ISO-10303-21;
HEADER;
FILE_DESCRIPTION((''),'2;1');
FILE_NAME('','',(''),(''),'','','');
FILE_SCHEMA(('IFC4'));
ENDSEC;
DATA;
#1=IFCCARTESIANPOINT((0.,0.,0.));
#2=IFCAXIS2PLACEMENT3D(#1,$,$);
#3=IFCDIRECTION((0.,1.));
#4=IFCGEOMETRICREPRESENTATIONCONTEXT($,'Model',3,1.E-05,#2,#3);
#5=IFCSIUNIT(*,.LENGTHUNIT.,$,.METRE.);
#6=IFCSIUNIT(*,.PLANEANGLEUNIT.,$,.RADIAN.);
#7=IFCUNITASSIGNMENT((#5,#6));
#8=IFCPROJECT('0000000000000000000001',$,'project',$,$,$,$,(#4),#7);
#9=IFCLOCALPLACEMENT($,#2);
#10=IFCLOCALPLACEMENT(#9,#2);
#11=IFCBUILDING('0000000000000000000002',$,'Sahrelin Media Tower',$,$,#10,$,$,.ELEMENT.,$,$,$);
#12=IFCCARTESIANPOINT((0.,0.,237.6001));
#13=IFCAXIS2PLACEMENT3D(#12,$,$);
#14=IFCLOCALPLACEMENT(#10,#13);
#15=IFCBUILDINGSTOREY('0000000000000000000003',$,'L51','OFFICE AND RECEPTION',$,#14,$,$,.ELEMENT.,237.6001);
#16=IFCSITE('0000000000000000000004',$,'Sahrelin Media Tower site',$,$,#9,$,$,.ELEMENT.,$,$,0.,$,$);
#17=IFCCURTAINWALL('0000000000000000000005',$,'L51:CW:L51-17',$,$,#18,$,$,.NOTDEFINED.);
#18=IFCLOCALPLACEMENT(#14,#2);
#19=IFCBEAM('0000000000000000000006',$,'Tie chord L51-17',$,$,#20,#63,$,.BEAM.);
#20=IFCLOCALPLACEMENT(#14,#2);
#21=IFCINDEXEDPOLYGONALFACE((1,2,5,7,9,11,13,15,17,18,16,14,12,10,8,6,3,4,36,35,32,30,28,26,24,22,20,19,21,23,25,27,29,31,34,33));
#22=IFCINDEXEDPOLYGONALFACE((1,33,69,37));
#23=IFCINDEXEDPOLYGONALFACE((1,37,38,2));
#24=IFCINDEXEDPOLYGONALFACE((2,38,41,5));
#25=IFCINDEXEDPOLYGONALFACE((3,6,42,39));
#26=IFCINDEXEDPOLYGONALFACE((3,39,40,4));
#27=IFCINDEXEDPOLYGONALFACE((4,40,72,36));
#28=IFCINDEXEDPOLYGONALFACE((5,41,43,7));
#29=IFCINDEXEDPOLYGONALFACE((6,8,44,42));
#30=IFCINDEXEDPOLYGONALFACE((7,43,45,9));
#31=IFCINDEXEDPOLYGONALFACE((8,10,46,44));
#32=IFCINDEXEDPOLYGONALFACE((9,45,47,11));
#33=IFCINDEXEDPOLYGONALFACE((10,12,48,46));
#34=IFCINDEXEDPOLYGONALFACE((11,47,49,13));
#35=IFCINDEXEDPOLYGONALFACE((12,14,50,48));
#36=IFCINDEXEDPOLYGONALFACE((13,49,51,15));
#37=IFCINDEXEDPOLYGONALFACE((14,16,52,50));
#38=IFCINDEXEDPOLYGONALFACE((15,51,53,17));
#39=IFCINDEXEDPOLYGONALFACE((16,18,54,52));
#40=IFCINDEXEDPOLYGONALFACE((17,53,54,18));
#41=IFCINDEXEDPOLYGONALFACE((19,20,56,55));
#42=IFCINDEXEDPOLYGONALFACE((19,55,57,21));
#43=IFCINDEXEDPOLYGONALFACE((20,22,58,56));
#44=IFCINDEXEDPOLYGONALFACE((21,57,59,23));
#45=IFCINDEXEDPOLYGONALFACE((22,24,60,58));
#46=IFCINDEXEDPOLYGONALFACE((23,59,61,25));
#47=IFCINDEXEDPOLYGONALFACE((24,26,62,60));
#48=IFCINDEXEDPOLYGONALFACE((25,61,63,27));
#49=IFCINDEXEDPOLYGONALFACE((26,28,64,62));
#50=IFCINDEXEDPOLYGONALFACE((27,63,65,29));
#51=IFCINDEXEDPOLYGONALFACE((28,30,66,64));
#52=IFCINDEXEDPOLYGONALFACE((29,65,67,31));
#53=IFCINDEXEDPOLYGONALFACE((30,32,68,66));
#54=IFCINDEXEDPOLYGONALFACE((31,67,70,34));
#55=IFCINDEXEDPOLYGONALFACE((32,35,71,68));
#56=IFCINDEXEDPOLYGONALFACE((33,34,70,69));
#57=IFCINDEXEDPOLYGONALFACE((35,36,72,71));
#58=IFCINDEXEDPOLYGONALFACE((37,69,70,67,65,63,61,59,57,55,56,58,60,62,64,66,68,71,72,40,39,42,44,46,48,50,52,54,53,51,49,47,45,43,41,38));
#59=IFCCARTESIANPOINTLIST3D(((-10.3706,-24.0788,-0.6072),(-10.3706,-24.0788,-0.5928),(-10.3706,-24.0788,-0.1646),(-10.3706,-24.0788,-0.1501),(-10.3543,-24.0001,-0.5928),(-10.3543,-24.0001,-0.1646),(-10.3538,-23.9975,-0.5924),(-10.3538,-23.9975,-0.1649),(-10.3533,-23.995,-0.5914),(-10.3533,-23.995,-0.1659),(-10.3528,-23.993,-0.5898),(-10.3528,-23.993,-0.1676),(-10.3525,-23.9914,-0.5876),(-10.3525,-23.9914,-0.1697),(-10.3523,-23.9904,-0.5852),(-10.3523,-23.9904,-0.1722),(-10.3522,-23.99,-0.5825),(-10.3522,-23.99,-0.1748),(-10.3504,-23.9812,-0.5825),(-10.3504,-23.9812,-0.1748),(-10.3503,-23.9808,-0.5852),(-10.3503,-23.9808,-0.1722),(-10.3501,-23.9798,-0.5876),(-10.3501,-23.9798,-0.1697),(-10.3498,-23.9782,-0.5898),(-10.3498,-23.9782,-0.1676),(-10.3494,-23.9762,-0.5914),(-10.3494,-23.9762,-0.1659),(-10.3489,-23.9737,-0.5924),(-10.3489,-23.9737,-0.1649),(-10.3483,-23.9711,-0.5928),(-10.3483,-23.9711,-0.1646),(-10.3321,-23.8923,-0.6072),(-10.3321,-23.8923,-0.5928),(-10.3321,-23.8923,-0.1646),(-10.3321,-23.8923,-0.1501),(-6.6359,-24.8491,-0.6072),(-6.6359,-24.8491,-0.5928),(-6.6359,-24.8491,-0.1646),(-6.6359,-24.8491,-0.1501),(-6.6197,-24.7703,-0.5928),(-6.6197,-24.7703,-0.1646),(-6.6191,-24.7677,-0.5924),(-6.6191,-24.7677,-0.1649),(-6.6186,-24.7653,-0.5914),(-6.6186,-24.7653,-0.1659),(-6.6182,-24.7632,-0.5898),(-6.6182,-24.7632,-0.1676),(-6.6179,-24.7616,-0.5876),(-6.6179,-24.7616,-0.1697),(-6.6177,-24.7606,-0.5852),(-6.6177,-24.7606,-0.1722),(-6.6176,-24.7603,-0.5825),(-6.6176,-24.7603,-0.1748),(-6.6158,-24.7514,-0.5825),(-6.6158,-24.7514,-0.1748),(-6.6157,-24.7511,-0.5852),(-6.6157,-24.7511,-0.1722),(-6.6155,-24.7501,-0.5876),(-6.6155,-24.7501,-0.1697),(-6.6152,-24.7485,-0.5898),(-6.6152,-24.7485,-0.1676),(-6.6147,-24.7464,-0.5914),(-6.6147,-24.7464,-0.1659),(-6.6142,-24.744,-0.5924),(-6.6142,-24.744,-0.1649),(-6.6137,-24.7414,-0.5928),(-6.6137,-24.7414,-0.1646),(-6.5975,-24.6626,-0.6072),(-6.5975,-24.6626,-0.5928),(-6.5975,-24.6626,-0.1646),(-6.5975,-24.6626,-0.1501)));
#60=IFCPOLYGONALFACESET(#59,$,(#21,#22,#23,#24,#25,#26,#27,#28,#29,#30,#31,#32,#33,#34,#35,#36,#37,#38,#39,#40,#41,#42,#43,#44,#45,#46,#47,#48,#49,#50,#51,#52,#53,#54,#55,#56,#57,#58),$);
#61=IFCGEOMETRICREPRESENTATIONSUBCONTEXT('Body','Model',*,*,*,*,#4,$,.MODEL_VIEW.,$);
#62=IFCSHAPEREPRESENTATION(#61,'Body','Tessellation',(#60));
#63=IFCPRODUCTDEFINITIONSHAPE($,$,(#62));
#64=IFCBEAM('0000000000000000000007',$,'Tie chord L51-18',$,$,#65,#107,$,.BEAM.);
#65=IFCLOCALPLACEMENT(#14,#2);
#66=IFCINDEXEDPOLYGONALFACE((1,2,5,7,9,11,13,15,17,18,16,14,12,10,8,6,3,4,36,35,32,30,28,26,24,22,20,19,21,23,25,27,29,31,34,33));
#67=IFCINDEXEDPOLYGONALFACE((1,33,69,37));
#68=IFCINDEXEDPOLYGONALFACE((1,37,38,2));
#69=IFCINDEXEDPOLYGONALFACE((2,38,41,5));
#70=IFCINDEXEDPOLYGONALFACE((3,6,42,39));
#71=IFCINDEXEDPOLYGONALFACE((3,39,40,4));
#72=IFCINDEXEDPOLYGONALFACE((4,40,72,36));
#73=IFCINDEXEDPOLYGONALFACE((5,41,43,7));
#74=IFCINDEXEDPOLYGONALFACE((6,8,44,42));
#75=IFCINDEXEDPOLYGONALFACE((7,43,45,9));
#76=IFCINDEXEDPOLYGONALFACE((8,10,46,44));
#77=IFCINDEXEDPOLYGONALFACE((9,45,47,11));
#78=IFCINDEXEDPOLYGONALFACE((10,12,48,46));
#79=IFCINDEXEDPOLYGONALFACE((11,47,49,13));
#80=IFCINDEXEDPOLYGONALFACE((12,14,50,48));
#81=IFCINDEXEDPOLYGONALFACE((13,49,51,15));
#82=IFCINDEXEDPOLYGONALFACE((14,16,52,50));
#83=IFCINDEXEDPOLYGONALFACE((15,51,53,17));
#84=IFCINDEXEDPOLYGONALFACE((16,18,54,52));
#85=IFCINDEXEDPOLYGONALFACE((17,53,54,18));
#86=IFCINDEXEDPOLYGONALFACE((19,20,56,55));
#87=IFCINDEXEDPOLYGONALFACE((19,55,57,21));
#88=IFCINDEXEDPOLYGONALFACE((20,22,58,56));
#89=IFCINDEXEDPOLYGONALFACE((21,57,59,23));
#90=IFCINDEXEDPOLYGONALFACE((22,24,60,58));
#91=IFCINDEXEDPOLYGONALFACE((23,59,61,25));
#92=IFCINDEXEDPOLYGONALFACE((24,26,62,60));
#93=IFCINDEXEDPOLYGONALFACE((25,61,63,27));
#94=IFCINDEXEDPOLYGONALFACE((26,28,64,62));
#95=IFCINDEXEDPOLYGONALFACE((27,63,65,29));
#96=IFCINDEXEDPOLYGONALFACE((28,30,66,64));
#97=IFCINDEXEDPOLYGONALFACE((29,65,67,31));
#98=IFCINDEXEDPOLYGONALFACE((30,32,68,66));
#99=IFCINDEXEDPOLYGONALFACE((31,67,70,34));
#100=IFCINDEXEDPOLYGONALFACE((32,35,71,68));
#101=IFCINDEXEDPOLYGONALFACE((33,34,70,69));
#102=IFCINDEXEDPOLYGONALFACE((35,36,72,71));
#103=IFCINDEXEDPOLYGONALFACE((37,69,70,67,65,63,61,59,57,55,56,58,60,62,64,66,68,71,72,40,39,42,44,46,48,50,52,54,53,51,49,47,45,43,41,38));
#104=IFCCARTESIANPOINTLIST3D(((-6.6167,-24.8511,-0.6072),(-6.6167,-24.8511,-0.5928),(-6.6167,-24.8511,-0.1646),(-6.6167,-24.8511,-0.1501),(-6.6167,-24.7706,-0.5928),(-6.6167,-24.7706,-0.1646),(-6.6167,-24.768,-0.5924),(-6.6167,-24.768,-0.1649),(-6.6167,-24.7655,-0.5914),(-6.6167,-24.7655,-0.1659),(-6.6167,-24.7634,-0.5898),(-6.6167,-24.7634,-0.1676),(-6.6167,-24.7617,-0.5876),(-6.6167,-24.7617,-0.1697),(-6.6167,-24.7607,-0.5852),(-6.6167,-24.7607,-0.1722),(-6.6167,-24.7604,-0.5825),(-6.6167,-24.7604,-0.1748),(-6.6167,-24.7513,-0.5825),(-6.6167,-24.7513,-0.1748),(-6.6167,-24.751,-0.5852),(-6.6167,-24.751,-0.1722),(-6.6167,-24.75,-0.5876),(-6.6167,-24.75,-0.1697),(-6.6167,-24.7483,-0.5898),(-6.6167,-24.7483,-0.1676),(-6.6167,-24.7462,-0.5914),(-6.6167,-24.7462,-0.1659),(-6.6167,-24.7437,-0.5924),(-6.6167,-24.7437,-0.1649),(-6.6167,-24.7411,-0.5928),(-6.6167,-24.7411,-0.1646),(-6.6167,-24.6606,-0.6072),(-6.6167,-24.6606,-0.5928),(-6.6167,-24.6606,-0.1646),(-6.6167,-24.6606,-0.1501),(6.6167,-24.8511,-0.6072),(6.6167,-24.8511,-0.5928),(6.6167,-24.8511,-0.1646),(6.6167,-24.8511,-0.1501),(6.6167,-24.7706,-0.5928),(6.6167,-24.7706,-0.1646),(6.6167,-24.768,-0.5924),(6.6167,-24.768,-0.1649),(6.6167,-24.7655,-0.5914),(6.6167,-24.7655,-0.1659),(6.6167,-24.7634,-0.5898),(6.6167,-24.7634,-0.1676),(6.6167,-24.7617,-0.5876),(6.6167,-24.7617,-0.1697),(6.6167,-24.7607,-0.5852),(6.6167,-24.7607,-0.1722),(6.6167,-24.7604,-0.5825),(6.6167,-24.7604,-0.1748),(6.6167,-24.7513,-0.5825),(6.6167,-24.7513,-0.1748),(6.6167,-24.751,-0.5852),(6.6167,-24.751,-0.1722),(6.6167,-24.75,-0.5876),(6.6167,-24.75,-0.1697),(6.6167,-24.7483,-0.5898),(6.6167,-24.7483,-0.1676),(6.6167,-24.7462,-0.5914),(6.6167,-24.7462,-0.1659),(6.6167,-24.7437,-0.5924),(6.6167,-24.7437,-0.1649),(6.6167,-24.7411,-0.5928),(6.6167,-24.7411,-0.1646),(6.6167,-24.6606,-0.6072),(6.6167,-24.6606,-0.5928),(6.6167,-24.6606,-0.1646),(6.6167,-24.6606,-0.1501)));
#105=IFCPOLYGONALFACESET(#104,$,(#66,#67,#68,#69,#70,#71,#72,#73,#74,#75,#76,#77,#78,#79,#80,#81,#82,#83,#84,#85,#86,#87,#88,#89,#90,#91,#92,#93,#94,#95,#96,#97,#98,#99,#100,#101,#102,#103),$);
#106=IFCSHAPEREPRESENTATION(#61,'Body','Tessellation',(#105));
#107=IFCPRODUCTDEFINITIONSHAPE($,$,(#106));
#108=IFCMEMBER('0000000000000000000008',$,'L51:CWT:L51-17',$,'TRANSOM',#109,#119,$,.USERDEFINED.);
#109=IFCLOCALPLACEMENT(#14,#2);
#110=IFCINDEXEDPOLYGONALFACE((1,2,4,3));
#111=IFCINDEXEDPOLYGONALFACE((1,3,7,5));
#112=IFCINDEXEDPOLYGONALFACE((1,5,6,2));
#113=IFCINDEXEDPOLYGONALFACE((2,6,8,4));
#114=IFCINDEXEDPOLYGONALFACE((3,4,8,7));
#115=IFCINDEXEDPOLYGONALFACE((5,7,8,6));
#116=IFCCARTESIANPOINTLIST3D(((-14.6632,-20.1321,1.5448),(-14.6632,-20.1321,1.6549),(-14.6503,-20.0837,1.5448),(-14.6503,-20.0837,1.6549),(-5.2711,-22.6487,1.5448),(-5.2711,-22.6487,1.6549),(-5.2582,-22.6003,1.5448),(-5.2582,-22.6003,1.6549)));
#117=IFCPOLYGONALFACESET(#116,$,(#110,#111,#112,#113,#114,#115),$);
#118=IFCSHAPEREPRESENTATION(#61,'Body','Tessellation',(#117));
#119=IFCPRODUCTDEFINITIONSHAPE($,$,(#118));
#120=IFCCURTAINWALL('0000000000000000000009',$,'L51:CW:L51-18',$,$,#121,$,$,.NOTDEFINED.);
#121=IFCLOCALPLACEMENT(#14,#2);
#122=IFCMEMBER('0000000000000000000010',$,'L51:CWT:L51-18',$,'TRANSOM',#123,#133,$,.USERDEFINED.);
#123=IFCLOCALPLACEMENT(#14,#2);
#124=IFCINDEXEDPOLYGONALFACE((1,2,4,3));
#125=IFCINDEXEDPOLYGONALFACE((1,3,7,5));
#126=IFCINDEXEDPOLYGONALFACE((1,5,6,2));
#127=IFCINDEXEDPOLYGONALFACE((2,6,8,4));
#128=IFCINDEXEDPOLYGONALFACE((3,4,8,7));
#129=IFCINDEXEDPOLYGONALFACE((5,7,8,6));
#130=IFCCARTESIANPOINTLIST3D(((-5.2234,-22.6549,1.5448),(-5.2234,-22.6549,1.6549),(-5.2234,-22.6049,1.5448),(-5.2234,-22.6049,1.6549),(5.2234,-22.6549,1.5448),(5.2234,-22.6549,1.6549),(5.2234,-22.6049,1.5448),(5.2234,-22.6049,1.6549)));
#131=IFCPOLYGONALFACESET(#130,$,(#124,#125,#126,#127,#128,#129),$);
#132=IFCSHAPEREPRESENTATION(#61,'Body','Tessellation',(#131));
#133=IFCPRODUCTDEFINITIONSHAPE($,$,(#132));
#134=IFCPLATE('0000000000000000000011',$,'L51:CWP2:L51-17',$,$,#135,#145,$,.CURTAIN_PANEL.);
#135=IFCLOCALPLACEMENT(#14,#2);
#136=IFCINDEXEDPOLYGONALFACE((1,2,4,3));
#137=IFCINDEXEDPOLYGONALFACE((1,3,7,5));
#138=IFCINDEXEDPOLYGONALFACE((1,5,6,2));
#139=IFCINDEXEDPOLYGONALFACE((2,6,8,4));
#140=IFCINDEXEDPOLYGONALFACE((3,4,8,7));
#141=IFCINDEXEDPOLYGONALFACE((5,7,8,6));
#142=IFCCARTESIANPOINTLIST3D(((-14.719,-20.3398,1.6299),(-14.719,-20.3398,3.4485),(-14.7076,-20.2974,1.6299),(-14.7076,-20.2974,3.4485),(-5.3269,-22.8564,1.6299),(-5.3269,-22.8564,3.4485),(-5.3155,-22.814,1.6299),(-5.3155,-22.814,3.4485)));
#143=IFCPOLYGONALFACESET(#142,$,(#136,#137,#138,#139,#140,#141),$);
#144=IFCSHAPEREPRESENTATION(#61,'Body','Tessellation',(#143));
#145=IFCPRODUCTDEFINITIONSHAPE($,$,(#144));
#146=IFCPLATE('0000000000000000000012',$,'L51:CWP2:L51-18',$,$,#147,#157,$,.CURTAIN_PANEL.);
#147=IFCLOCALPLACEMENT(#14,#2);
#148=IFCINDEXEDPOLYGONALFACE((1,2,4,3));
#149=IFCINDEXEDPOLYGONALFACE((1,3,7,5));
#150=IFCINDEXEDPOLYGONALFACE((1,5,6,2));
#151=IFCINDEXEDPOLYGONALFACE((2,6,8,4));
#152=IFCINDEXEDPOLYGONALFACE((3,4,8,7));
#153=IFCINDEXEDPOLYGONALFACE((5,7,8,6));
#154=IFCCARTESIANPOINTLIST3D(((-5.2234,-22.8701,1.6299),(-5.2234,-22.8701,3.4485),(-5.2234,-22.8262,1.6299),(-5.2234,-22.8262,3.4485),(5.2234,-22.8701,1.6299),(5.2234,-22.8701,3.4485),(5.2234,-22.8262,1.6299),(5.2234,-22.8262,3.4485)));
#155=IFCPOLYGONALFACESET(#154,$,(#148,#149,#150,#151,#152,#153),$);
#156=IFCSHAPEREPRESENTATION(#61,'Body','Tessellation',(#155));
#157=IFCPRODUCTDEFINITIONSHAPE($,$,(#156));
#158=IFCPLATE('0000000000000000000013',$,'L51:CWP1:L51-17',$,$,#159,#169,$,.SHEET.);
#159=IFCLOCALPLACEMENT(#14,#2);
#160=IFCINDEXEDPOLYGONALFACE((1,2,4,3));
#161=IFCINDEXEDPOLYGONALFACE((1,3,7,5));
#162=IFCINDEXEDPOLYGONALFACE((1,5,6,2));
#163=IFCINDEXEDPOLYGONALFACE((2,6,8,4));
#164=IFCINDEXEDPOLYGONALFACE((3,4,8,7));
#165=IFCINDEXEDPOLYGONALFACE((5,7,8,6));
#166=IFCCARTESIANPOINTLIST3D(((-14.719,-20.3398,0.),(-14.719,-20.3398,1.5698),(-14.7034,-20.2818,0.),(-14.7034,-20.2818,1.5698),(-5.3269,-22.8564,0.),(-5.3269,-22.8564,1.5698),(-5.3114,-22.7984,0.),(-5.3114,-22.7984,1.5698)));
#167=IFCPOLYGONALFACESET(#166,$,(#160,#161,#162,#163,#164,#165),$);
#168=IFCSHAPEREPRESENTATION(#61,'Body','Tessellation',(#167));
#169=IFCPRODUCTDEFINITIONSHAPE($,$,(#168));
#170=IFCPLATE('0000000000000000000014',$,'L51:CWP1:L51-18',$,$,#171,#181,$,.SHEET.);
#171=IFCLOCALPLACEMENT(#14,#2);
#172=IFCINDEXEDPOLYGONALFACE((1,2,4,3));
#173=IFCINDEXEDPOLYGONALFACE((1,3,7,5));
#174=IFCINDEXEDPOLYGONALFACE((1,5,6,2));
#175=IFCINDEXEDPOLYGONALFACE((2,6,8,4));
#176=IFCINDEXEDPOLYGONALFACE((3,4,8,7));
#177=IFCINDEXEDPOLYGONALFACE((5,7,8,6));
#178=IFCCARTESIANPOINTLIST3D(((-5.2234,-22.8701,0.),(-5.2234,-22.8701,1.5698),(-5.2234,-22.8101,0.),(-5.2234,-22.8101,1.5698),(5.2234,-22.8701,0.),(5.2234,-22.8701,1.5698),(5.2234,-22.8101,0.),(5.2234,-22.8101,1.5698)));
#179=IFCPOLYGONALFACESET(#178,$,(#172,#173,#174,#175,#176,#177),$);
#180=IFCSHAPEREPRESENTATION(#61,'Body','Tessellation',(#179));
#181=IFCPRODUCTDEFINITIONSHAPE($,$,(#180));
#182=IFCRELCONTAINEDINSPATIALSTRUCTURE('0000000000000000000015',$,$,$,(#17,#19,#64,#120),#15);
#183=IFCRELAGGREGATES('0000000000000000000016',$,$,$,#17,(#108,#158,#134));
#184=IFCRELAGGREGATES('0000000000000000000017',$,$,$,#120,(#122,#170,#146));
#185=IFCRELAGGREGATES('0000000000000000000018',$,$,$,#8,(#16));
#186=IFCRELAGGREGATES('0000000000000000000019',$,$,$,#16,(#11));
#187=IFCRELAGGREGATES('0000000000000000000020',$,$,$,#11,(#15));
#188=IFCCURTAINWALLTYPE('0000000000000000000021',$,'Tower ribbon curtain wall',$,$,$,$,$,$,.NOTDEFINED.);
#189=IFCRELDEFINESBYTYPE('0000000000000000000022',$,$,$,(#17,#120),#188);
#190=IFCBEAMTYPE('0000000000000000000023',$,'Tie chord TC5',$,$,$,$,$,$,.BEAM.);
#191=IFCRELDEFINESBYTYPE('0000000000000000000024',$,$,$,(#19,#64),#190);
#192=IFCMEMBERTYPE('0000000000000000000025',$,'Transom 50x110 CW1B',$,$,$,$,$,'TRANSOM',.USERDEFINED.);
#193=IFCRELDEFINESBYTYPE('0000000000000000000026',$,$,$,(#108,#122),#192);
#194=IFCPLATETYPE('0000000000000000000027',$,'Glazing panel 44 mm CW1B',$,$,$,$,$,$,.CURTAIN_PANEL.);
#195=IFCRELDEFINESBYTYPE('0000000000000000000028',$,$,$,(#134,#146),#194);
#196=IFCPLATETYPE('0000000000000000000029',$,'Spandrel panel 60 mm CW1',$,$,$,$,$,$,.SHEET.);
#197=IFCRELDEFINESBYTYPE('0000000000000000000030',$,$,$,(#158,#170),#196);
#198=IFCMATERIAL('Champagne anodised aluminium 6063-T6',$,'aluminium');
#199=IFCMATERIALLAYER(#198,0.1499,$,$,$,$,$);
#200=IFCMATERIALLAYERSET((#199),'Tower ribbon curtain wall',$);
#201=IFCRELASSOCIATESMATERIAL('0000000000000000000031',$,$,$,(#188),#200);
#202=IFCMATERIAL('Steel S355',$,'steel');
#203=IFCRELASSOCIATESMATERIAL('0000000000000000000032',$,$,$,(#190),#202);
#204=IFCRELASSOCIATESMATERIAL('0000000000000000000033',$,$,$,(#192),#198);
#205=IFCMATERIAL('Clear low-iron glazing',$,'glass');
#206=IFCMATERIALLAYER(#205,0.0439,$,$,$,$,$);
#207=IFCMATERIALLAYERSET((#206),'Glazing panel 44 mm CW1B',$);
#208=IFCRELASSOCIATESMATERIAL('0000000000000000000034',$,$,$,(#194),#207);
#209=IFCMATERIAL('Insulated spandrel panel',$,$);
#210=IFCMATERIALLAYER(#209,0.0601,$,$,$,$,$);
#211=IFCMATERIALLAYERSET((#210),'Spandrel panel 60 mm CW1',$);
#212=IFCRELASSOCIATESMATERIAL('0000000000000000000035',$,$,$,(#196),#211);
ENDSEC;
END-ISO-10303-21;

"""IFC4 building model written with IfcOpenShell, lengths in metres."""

from ifc_helpers import new_model, si_unit, direction, frame, origin, origin_2d, place, context, subcontext, project, spatial, polyline, rectangle, i_section, outline, extrude, material, layer, layer_set, material_profile, profile_set, type_object, element, aggregate, save


model = new_model("IFC4")

# Units and contexts
model_context = context("Model", 3, precision=1e-05, world=origin(), true_north=direction((0.0, 1.0)))
body_context = subcontext(model_context, "Body", "Model", "MODEL_VIEW")
ifc_project = project(units=[si_unit("LENGTHUNIT", "METRE"), si_unit("PLANEANGLEUNIT", "RADIAN")], contexts=[model_context])

# Site, building, storey
site_placement = place(None, origin())
site = spatial("IfcSite", under=ifc_project, at=site_placement, Name="Sahrelin Media Tower site", CompositionType="ELEMENT", RefElevation=0.0)
building_placement = place(site_placement, origin())
building = spatial("IfcBuilding", under=site, at=building_placement, Name="Sahrelin Media Tower", CompositionType="ELEMENT")
storey_placement = place(building_placement, frame((0.0, 0.0, 237.6001)))
storey = spatial("IfcBuildingStorey", under=building, at=storey_placement, Name="L51", Description="OFFICE AND RECEPTION", CompositionType="ELEMENT", Elevation=237.6001)

# Shared definitions
ifc_material_1 = material(Name="Steel S355", Category="steel")

# Curtain wall
ifc_material_2 = material(Name="Champagne anodised aluminium 6063-T6", Category="aluminium")
ifc_layer_1 = layer(ifc_material_2, 0.1499)
ifc_layer_set_1 = layer_set([ifc_layer_1], Name="Tower ribbon curtain wall")
curtain_wall_type = type_object("IfcCurtainWallType", Name="Tower ribbon curtain wall", PredefinedType="NOTDEFINED", material=ifc_layer_set_1)
curtain_wall_1_placement = place(storey_placement, frame((-10.0176, -21.5789, 0.0), z_axis=(0.0, 0.0, 1.0), x_axis=(1.0, 0.0, 0.0)))
curtain_wall_1 = element("IfcCurtainWall", 1, at=curtain_wall_1_placement, inside=storey, type_object=curtain_wall_type, Name="L51:CW:L51-17", PredefinedType="NOTDEFINED")

# Beams
ifc_material_profile_1 = material_profile(ifc_material_1, i_section(OverallWidth=0.1904, OverallDepth=0.457, WebThickness=0.009, FlangeThickness=0.0144, FilletRadius=0.0103, at=origin_2d()), Name="UB 457x191x74")
ifc_profile_set_1 = profile_set([ifc_material_profile_1], Name="Steel S355")
beam_type_1 = type_object("IfcBeamType", Name="Tie chord TC5", PredefinedType="BEAM", material=ifc_profile_set_1)
beam_1_placement = place(storey_placement, frame((-10.3513, -23.9856, -0.3787), z_axis=(0.979386, -0.201998, 0.0), x_axis=(0.201998, 0.979386, 0.0)))
element("IfcBeam", 2, at=beam_1_placement, inside=storey, type_object=beam_type_1, Name="Tie chord L51-17", PredefinedType="BEAM", context=body_context, shape_type="SweptSolid", body=[
    extrude(i_section(OverallWidth=0.1904, OverallDepth=0.457, WebThickness=0.009, FlangeThickness=0.0144, FilletRadius=0.0103, at=origin_2d()), origin(), (0.0, 0.0, 1.0), 3.8132),
])
beam_2_placement = place(storey_placement, frame((-6.6167, -24.7559, -0.3787), z_axis=(1.0, 0.0, 0.0), x_axis=(0.0, 1.0, 0.0)))
element("IfcBeam", 3, at=beam_2_placement, inside=storey, type_object=beam_type_1, Name="Tie chord L51-18", PredefinedType="BEAM", context=body_context, shape_type="SweptSolid", body=[
    extrude(i_section(OverallWidth=0.1904, OverallDepth=0.457, WebThickness=0.009, FlangeThickness=0.0144, FilletRadius=0.0103, at=origin_2d()), origin(), (0.0, 0.0, 1.0), 13.2334),
])

# Member
ifc_material_profile_2 = material_profile(ifc_material_2, rectangle(XDim=0.05, YDim=0.1101, at=origin_2d()), Name="Transom 50x110")
ifc_profile_set_2 = profile_set([ifc_material_profile_2], Name="Champagne anodised aluminium 6063-T6")
member_type_1 = type_object("IfcMemberType", Name="Transom 50x110 CW1B", ElementType="TRANSOM", PredefinedType="USERDEFINED", material=ifc_profile_set_2)
member_1_placement = place(storey_placement, frame((-14.6567, -20.1079, 1.5999), z_axis=(0.965926, -0.258819, 0.0), x_axis=(0.258819, 0.965926, 0.0)))
member_1 = element("IfcMember", 4, at=member_1_placement, type_object=member_type_1, Name="L51:CWT:L51-17", ObjectType="TRANSOM", PredefinedType="USERDEFINED", context=body_context, shape_type="SweptSolid", body=[
    extrude(rectangle(XDim=0.05, YDim=0.1101, at=origin_2d()), origin(), (0.0, 0.0, 1.0), 9.7234),
])

# Curtain wall, member
curtain_wall_2_placement = place(storey_placement, frame((0.0, -22.8501, 0.0), z_axis=(0.0, 0.0, 1.0), x_axis=(1.0, 0.0, 0.0)))
curtain_wall_2 = element("IfcCurtainWall", 5, at=curtain_wall_2_placement, inside=storey, type_object=curtain_wall_type, Name="L51:CW:L51-18", PredefinedType="NOTDEFINED")
member_2_placement = place(storey_placement, frame((-5.2234, -22.6299, 1.5999), z_axis=(1.0, 0.0, 0.0), x_axis=(0.0, 1.0, 0.0)))
member_2 = element("IfcMember", 6, at=member_2_placement, type_object=member_type_1, Name="L51:CWT:L51-18", ObjectType="TRANSOM", PredefinedType="USERDEFINED", context=body_context, shape_type="SweptSolid", body=[
    extrude(rectangle(XDim=0.05, YDim=0.1101, at=origin_2d()), origin(), (0.0, 0.0, 1.0), 10.4468),
])

# Plates
ifc_material_3 = material(Name="Clear low-iron glazing", Category="glass")
ifc_layer_2 = layer(ifc_material_3, 0.0439)
ifc_layer_set_2 = layer_set([ifc_layer_2], Name="Glazing panel 44 mm CW1B")
plate_type_1 = type_object("IfcPlateType", Name="Glazing panel 44 mm CW1B", PredefinedType="CURTAIN_PANEL", material=ifc_layer_set_2)
plate_1_placement = place(storey_placement, frame((-14.719, -20.3398, 1.6299), z_axis=(-0.258819, -0.965926, 0.0), x_axis=(0.965926, -0.258819, 0.0)))
plate_1 = element("IfcPlate", 7, at=plate_1_placement, type_object=plate_type_1, Name="L51:CWP2:L51-17", PredefinedType="CURTAIN_PANEL", context=body_context, shape_type="SweptSolid", body=[
    extrude(outline(polyline([(0.0, 0.0), (9.7234, 0.0), (9.7234, 1.8186), (0.0, 1.8186), (0.0, 0.0)])), origin(), (0.0, 0.0, -1.0), 0.0439),
])
plate_2_placement = place(storey_placement, frame((-5.2234, -22.8701, 1.6299), z_axis=(0.0, -1.0, 0.0), x_axis=(1.0, 0.0, 0.0)))
plate_2 = element("IfcPlate", 8, at=plate_2_placement, type_object=plate_type_1, Name="L51:CWP2:L51-18", PredefinedType="CURTAIN_PANEL", context=body_context, shape_type="SweptSolid", body=[
    extrude(outline(polyline([(0.0, 0.0), (10.4468, 0.0), (10.4468, 1.8186), (0.0, 1.8186), (0.0, 0.0)])), origin(), (0.0, 0.0, -1.0), 0.0439),
])
ifc_material_4 = material(Name="Insulated spandrel panel")
ifc_layer_3 = layer(ifc_material_4, 0.0601)
ifc_layer_set_3 = layer_set([ifc_layer_3], Name="Spandrel panel 60 mm CW1")
plate_type_2 = type_object("IfcPlateType", Name="Spandrel panel 60 mm CW1", PredefinedType="SHEET", material=ifc_layer_set_3)
plate_3_placement = place(storey_placement, frame((-14.719, -20.3398, 0.0), z_axis=(-0.258819, -0.965926, 0.0), x_axis=(0.965926, -0.258819, 0.0)))
plate_3 = element("IfcPlate", 9, at=plate_3_placement, type_object=plate_type_2, Name="L51:CWP1:L51-17", PredefinedType="SHEET", context=body_context, shape_type="SweptSolid", body=[
    extrude(outline(polyline([(0.0, 0.0), (9.7234, 0.0), (9.7234, 1.5698), (0.0, 1.5698), (0.0, 0.0)])), origin(), (0.0, 0.0, -1.0), 0.0601),
])
aggregate(curtain_wall_1, [member_1, plate_3, plate_1])
plate_4_placement = place(storey_placement, frame((-5.2234, -22.8701, 0.0), z_axis=(0.0, -1.0, 0.0), x_axis=(1.0, 0.0, 0.0)))
plate_4 = element("IfcPlate", 10, at=plate_4_placement, type_object=plate_type_2, Name="L51:CWP1:L51-18", PredefinedType="SHEET", context=body_context, shape_type="SweptSolid", body=[
    extrude(outline(polyline([(0.0, 0.0), (10.4468, 0.0), (10.4468, 1.5698), (0.0, 1.5698), (0.0, 0.0)])), origin(), (0.0, 0.0, -1.0), 0.0601),
])
aggregate(curtain_wall_2, [member_2, plate_4, plate_2])

save(model, "model.ifc")
